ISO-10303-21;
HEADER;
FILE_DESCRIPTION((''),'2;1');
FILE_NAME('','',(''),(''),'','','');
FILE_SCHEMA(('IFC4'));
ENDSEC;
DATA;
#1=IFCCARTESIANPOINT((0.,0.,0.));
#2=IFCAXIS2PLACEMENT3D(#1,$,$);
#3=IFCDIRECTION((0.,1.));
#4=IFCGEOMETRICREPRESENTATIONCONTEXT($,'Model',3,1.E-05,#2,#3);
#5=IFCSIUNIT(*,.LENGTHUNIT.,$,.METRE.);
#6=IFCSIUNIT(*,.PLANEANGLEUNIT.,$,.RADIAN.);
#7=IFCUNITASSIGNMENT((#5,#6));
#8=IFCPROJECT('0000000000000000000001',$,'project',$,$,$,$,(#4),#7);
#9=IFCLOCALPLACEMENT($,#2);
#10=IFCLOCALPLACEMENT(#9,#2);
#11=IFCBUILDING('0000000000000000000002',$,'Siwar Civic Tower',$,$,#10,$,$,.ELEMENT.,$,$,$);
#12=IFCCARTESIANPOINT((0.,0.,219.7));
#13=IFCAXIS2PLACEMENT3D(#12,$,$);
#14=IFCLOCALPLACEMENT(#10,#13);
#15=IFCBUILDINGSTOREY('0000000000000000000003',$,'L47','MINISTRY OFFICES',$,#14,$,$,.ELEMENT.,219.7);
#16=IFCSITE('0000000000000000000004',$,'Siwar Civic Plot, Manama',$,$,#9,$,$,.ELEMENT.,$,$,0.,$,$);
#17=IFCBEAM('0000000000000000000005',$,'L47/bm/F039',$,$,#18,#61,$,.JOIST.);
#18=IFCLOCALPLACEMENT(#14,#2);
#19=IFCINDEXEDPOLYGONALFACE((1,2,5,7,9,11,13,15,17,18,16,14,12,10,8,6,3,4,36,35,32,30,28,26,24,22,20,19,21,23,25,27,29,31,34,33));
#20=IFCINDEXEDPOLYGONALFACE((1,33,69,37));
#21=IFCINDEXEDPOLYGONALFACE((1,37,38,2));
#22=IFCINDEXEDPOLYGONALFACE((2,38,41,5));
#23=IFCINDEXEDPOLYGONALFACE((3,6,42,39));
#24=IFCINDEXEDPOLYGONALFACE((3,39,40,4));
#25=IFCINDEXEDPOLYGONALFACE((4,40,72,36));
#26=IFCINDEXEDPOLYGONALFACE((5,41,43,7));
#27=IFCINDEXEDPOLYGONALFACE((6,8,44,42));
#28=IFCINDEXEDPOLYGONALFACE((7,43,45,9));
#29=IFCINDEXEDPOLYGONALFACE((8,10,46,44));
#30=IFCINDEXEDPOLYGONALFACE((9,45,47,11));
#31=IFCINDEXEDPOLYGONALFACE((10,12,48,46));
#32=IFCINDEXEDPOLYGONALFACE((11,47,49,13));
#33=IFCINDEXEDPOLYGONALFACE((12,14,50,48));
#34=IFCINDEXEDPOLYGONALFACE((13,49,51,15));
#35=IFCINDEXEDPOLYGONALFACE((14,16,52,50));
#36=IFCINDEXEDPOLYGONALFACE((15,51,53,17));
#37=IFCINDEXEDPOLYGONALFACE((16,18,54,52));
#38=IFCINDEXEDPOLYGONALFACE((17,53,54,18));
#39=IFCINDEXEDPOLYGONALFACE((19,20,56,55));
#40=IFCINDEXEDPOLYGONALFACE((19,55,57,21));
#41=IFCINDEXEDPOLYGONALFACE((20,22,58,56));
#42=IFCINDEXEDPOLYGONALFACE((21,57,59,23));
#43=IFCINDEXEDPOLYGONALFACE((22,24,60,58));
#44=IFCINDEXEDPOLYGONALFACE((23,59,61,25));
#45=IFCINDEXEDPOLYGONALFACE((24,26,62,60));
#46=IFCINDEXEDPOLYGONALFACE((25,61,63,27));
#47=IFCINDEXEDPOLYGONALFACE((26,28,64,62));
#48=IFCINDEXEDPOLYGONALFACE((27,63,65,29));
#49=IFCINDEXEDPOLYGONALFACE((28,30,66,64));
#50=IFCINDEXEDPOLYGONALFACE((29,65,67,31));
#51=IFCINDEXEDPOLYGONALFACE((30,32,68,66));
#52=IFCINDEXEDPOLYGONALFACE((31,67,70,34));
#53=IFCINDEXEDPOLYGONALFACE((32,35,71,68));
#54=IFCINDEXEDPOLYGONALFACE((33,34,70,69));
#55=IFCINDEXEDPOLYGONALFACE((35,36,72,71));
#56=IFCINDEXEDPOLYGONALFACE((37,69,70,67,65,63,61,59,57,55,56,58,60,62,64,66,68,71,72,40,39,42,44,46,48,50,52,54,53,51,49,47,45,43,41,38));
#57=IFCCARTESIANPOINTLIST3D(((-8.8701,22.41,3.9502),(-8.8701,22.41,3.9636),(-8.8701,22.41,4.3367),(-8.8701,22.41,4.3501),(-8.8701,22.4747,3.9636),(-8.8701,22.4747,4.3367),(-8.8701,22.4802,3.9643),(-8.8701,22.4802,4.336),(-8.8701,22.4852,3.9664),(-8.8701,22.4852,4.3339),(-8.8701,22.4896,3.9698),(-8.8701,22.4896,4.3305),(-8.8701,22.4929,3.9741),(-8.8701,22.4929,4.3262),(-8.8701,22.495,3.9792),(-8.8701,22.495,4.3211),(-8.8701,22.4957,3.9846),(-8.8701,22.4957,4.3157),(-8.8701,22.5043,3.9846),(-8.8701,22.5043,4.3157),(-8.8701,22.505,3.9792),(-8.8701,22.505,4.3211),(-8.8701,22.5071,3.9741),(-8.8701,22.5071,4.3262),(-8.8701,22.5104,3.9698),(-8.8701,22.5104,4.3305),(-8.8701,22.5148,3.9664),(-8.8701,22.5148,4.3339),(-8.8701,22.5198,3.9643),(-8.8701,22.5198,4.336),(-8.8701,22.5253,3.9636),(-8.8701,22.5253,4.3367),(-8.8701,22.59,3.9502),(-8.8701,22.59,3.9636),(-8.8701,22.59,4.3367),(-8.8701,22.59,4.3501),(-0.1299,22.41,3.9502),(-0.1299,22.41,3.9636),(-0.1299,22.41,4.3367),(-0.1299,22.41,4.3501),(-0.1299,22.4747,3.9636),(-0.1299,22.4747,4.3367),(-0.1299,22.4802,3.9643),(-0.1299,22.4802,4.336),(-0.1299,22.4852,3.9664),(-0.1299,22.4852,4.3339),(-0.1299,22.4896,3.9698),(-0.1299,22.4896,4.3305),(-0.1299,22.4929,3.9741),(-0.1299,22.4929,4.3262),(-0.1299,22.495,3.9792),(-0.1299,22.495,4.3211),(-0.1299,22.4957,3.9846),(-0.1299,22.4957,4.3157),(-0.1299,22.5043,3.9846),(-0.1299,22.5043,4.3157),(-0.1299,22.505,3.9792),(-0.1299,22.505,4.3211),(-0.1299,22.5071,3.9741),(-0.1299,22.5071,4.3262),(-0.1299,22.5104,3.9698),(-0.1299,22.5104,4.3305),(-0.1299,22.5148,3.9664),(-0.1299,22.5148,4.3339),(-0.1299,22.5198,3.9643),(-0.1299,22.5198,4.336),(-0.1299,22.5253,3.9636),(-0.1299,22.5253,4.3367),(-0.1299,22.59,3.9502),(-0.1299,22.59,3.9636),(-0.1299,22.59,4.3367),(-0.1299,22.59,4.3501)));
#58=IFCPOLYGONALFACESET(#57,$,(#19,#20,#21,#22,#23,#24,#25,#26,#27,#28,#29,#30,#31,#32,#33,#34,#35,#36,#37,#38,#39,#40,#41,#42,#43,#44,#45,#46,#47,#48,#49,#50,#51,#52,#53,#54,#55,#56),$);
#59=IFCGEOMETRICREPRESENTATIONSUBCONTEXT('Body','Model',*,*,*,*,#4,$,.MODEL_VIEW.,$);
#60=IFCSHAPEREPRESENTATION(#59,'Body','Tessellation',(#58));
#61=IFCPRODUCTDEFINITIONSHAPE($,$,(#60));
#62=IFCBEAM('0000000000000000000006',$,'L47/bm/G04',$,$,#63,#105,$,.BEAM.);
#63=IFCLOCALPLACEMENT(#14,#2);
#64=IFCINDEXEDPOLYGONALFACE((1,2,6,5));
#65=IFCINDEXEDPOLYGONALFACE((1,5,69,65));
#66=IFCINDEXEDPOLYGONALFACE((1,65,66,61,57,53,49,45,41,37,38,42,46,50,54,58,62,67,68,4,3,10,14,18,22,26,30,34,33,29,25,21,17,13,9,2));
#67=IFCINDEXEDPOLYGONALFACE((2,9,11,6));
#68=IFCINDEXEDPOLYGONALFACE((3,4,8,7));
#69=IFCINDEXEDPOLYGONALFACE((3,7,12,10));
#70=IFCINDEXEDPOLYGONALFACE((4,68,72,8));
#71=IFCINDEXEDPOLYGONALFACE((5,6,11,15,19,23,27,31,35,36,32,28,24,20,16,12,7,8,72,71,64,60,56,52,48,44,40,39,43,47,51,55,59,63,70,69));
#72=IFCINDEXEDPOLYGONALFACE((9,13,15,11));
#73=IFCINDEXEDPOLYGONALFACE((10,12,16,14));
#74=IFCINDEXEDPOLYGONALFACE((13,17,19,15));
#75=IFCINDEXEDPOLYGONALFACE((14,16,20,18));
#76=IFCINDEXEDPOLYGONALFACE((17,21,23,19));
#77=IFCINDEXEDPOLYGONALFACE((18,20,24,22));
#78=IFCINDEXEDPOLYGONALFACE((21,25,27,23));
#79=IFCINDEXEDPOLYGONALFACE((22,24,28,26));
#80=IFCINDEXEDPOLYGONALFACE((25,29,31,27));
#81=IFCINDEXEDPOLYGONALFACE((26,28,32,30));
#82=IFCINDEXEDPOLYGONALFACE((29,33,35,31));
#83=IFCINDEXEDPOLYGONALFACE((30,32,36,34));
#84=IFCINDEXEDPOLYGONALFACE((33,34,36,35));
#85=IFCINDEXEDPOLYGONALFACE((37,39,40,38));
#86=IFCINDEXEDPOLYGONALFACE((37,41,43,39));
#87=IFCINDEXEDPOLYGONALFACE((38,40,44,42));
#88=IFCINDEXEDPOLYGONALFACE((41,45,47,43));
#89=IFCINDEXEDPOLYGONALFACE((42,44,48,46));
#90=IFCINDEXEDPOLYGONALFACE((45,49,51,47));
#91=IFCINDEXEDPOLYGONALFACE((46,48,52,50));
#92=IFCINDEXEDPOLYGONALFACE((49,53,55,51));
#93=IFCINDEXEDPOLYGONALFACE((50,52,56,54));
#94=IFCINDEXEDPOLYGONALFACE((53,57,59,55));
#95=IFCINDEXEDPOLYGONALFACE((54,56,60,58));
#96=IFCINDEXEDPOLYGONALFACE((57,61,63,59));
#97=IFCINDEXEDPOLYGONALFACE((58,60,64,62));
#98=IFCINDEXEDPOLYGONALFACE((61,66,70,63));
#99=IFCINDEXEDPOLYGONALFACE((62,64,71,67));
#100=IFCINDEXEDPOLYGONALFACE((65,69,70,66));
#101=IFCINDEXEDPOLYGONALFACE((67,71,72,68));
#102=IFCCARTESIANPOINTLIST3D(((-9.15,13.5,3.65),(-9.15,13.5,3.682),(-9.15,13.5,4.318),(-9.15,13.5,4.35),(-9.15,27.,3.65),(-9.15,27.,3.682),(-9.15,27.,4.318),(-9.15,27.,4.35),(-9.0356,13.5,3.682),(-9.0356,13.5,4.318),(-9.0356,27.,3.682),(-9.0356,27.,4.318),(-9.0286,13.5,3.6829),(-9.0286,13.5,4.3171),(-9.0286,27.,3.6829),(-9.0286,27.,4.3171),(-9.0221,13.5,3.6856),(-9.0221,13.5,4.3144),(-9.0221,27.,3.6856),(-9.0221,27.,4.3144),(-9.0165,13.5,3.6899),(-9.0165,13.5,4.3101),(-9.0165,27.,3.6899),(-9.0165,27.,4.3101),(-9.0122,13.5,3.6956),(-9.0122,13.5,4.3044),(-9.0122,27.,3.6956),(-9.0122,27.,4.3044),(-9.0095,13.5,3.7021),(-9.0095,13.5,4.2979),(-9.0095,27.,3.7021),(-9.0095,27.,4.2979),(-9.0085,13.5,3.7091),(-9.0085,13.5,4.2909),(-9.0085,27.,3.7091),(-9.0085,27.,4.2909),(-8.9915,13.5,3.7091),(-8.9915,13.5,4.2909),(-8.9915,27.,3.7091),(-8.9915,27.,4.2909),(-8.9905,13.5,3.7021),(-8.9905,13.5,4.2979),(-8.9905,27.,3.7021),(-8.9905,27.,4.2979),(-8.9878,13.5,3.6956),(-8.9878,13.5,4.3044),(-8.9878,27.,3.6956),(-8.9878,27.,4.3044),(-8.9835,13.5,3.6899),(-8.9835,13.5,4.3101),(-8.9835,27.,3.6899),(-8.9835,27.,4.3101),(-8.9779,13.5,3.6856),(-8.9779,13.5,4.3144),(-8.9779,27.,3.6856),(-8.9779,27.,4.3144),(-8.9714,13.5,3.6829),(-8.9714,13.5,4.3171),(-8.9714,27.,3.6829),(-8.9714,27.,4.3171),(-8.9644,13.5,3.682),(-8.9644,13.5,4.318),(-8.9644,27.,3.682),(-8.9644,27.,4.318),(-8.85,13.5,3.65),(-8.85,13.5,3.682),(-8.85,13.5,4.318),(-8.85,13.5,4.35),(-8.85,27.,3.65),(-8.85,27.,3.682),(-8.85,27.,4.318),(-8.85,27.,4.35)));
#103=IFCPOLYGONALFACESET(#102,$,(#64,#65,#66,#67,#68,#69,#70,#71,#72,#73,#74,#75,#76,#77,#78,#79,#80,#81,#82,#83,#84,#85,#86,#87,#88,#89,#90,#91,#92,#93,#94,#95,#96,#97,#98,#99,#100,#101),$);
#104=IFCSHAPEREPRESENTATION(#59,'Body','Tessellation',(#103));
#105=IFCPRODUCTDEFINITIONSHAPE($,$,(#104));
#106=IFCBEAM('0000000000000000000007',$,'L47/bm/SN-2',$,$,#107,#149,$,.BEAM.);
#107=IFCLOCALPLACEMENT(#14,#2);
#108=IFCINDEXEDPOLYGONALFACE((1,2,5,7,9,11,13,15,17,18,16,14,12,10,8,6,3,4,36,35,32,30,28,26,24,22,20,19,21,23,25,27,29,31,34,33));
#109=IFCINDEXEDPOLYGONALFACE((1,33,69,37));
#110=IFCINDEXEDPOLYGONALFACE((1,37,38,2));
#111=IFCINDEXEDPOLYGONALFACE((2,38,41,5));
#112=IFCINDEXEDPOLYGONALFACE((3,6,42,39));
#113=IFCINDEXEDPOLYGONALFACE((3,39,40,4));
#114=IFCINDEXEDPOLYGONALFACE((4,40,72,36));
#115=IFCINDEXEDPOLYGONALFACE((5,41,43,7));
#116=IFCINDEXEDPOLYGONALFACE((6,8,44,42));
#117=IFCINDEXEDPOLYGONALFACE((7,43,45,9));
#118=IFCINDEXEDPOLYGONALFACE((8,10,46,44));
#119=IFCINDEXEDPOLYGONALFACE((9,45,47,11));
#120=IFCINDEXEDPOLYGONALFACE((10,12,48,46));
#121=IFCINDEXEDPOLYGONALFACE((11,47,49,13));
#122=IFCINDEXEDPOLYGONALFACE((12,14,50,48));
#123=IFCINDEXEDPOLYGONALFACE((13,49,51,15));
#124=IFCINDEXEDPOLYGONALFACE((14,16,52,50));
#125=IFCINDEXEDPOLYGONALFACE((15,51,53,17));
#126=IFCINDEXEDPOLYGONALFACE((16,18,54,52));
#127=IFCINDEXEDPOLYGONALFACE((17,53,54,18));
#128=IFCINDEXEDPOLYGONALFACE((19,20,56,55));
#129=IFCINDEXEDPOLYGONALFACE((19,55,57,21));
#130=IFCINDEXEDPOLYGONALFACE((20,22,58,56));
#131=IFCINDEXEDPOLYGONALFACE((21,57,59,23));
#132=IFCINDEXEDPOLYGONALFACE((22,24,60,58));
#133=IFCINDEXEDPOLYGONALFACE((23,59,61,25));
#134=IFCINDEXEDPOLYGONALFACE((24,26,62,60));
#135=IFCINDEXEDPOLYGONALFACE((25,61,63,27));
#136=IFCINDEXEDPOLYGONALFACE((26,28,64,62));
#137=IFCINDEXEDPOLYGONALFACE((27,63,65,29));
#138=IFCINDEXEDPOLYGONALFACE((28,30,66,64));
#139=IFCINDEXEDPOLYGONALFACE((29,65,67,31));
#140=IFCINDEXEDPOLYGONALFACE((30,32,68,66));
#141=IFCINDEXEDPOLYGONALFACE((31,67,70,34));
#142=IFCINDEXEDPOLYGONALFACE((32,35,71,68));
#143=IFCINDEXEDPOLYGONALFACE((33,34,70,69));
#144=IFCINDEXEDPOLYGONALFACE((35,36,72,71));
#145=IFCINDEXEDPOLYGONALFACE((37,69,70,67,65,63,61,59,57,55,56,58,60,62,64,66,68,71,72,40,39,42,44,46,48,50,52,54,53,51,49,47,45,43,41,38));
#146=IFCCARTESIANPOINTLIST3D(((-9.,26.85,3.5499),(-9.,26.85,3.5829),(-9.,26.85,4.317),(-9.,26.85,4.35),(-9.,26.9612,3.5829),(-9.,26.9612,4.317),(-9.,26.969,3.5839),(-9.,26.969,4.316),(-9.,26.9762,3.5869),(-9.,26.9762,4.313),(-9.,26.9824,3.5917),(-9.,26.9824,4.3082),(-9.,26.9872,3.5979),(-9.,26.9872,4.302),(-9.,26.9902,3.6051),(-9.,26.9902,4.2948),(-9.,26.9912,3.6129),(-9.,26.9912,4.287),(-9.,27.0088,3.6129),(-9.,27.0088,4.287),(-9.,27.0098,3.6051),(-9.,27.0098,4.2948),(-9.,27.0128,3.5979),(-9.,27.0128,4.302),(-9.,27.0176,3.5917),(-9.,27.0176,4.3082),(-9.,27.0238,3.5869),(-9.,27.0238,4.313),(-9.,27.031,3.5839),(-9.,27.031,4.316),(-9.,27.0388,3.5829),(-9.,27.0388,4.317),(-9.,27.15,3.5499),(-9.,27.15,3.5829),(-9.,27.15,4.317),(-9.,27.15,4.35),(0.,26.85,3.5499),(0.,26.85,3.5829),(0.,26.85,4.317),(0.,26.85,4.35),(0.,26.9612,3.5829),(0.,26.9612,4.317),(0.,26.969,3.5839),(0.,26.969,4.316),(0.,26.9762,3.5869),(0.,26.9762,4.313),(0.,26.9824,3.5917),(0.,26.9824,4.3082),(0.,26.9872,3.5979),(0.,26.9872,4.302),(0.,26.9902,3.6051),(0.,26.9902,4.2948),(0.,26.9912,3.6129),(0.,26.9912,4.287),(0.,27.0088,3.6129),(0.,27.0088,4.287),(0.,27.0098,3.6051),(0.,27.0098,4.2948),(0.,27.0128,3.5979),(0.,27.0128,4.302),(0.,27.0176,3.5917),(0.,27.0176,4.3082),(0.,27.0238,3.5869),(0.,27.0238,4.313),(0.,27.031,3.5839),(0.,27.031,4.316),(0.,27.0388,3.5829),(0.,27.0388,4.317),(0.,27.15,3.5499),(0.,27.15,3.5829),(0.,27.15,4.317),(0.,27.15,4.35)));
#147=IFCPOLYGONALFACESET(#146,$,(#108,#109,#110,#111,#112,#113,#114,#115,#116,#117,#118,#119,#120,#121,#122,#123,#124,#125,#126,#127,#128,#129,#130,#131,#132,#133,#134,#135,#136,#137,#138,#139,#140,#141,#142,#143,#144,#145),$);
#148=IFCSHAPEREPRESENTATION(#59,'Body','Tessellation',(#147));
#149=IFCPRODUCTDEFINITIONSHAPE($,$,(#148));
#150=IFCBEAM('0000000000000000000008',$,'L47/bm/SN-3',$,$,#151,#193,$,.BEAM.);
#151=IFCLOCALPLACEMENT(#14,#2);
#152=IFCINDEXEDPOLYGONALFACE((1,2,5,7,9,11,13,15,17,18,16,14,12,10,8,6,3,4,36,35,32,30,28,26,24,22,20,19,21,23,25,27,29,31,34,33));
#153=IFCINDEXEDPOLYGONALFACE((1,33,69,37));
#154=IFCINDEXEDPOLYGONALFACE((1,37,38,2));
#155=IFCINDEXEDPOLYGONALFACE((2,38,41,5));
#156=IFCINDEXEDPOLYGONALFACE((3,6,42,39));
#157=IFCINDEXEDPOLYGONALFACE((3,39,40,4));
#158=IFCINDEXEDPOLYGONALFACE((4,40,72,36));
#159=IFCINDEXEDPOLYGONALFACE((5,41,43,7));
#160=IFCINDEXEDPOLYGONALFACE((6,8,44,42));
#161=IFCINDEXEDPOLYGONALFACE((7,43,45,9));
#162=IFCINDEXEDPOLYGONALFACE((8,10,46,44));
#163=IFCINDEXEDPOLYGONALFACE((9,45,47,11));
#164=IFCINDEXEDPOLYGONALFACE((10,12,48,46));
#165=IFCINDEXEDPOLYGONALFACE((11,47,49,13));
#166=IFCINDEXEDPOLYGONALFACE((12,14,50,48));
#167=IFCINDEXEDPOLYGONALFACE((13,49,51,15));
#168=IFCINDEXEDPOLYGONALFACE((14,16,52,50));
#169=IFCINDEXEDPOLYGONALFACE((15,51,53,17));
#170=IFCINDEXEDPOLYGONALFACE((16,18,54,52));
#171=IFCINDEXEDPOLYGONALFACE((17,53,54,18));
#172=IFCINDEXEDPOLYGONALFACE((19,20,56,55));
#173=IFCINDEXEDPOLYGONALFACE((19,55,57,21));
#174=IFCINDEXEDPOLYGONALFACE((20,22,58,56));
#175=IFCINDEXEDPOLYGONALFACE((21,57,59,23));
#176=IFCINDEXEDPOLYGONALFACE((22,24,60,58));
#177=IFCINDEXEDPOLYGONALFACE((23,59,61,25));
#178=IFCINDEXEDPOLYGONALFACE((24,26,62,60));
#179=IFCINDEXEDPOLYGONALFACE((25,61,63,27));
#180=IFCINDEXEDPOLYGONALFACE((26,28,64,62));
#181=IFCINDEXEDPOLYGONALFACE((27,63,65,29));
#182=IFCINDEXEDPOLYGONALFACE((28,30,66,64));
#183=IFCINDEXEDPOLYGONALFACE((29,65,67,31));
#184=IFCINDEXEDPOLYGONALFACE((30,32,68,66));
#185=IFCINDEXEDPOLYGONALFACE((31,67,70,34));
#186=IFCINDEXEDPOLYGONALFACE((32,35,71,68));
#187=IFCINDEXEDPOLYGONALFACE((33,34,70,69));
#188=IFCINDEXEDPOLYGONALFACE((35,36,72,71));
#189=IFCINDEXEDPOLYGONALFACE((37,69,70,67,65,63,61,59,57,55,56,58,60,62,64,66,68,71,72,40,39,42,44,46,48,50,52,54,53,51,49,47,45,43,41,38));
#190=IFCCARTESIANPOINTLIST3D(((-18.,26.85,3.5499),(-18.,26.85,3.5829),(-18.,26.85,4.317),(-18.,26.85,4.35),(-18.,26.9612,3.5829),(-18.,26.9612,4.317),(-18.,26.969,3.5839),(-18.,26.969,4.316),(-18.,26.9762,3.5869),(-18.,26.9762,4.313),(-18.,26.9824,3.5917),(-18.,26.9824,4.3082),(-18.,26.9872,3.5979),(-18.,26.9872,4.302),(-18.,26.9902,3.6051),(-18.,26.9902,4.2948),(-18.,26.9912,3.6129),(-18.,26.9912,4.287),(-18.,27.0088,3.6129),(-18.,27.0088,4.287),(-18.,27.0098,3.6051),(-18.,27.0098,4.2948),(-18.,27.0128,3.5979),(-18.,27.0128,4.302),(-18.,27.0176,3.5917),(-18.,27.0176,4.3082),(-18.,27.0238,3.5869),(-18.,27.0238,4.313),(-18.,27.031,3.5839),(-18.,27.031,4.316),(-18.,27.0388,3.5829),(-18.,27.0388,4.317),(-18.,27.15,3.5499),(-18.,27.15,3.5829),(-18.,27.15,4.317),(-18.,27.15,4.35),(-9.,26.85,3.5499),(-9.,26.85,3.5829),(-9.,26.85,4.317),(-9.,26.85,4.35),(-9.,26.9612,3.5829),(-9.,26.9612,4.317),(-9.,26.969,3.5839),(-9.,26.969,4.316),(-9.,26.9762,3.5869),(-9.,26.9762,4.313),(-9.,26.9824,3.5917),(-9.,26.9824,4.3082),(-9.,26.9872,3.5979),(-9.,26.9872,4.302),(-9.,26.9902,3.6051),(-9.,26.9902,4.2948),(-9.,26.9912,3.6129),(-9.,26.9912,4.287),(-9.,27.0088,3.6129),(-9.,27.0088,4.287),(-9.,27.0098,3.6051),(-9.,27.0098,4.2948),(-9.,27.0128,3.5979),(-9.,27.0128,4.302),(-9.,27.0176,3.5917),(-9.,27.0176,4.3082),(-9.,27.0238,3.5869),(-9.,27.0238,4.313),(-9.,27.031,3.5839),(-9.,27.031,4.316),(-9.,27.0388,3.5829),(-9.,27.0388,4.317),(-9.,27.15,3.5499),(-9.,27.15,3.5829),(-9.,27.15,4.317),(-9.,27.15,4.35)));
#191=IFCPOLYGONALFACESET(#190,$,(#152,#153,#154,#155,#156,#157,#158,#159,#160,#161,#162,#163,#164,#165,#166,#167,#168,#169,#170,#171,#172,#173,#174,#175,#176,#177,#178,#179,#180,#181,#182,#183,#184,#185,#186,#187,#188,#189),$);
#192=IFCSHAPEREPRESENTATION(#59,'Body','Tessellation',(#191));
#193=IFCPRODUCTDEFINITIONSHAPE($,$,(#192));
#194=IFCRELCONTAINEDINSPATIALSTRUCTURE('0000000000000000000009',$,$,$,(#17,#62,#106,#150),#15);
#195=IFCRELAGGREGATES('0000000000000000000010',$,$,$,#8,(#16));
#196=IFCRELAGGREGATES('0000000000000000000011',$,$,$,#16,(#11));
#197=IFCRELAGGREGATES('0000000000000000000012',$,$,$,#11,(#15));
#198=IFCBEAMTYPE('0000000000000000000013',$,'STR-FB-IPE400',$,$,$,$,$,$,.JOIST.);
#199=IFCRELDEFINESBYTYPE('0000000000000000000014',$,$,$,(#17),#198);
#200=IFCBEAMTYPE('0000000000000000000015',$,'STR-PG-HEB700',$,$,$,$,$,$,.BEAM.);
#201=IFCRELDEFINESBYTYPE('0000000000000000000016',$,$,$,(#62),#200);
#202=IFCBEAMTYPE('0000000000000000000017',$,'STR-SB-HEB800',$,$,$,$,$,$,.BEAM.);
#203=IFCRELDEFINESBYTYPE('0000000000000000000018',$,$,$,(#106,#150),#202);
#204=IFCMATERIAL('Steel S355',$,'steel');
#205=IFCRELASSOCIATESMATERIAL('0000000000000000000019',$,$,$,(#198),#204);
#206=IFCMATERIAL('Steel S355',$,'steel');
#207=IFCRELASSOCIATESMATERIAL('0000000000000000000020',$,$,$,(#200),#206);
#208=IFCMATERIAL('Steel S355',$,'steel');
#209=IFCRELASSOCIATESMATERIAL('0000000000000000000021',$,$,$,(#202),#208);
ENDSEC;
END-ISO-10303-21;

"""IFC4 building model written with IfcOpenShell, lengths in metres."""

from ifc_helpers import new_model, si_unit, direction, frame, origin, origin_2d, place, context, subcontext, project, spatial, i_section, extrude, material, material_profile, profile_set, type_object, element, save


model = new_model("IFC4")

# Units and contexts
model_context = context("Model", 3, precision=1e-05, world=origin(), true_north=direction((0.0, 1.0)))
body_context = subcontext(model_context, "Body", "Model", "MODEL_VIEW")
ifc_project = project(units=[si_unit("LENGTHUNIT", "METRE"), si_unit("PLANEANGLEUNIT", "RADIAN")], contexts=[model_context])

# Site, building, storey
site_placement = place(None, origin())
site = spatial("IfcSite", under=ifc_project, at=site_placement, Name="Siwar Civic Plot, Manama", CompositionType="ELEMENT", RefElevation=0.0)
building_placement = place(site_placement, origin())
building = spatial("IfcBuilding", under=site, at=building_placement, Name="Siwar Civic Tower", CompositionType="ELEMENT")
storey_placement = place(building_placement, frame((0.0, 0.0, 219.7)))
storey = spatial("IfcBuildingStorey", under=building, at=storey_placement, Name="L47", Description="MINISTRY OFFICES", CompositionType="ELEMENT", Elevation=219.7)

# Beams
ifc_material_1 = material(Name="Steel S355", Category="steel")
ifc_material_profile_1 = material_profile(ifc_material_1, i_section(OverallWidth=0.1799, OverallDepth=0.3999, WebThickness=0.0085, FlangeThickness=0.0134, FilletRadius=0.021, at=origin_2d()), Name="IPE400")
ifc_profile_set_1 = profile_set([ifc_material_profile_1], Name="Steel S355")
beam_type_1 = type_object("IfcBeamType", Name="STR-FB-IPE400", PredefinedType="JOIST", material=ifc_profile_set_1)
for number, where, z_axis, x_axis, name in (
    (1, (-8.8701, 22.5, 4.1501), (1.0, 0.0, 0.0), (0.0, 1.0, 0.0), "L47/bm/F039"),
):
    element("IfcBeam", number, at=place(storey_placement, frame(where, z_axis=z_axis, x_axis=x_axis)), inside=storey, type_object=beam_type_1, Name=name, PredefinedType="JOIST", context=body_context, shape_type="SweptSolid", body=[
        extrude(i_section(OverallWidth=0.1799, OverallDepth=0.3999, WebThickness=0.0085, FlangeThickness=0.0134, FilletRadius=0.021, at=origin_2d()), origin(), (0.0, 0.0, 1.0), 8.7402),
    ])
ifc_material_2 = material(Name="Steel S355", Category="steel")
ifc_material_profile_2 = material_profile(ifc_material_2, i_section(OverallWidth=0.3, OverallDepth=0.7, WebThickness=0.0171, FlangeThickness=0.032, FilletRadius=0.0271, at=origin_2d()), Name="HEB700")
ifc_profile_set_2 = profile_set([ifc_material_profile_2], Name="Steel S355")
beam_type_2 = type_object("IfcBeamType", Name="STR-PG-HEB700", PredefinedType="BEAM", material=ifc_profile_set_2)
beam_1_placement = place(storey_placement, frame((-9.0, 13.5, 4.0), z_axis=(0.0, 1.0, 0.0), x_axis=(-1.0, 0.0, 0.0)))
element("IfcBeam", 2, at=beam_1_placement, inside=storey, type_object=beam_type_2, Name="L47/bm/G04", PredefinedType="BEAM", context=body_context, shape_type="SweptSolid", body=[
    extrude(i_section(OverallWidth=0.3, OverallDepth=0.7, WebThickness=0.0171, FlangeThickness=0.032, FilletRadius=0.0271, at=origin_2d()), origin(), (0.0, 0.0, 1.0), 13.5),
])
ifc_material_3 = material(Name="Steel S355", Category="steel")
ifc_material_profile_3 = material_profile(ifc_material_3, i_section(OverallWidth=0.3, OverallDepth=0.8, WebThickness=0.0176, FlangeThickness=0.033, FilletRadius=0.03, at=origin_2d()), Name="HEB800")
ifc_profile_set_3 = profile_set([ifc_material_profile_3], Name="Steel S355")
beam_type_3 = type_object("IfcBeamType", Name="STR-SB-HEB800", PredefinedType="BEAM", material=ifc_profile_set_3)
for number, where, z_axis, x_axis, name in (
    (3, (0.0, 27.0, 3.95), (-1.0, 0.0, 0.0), (0.0, -1.0, 0.0), "L47/bm/SN-2"),
    (4, (-9.0, 27.0, 3.95), (-1.0, 0.0, 0.0), (0.0, -1.0, 0.0), "L47/bm/SN-3"),
):
    element("IfcBeam", number, at=place(storey_placement, frame(where, z_axis=z_axis, x_axis=x_axis)), inside=storey, type_object=beam_type_3, Name=name, PredefinedType="BEAM", context=body_context, shape_type="SweptSolid", body=[
        extrude(i_section(OverallWidth=0.3, OverallDepth=0.8, WebThickness=0.0176, FlangeThickness=0.033, FilletRadius=0.03, at=origin_2d()), origin(), (0.0, 0.0, 1.0), 9.0),
    ])

save(model, "model.ifc")
